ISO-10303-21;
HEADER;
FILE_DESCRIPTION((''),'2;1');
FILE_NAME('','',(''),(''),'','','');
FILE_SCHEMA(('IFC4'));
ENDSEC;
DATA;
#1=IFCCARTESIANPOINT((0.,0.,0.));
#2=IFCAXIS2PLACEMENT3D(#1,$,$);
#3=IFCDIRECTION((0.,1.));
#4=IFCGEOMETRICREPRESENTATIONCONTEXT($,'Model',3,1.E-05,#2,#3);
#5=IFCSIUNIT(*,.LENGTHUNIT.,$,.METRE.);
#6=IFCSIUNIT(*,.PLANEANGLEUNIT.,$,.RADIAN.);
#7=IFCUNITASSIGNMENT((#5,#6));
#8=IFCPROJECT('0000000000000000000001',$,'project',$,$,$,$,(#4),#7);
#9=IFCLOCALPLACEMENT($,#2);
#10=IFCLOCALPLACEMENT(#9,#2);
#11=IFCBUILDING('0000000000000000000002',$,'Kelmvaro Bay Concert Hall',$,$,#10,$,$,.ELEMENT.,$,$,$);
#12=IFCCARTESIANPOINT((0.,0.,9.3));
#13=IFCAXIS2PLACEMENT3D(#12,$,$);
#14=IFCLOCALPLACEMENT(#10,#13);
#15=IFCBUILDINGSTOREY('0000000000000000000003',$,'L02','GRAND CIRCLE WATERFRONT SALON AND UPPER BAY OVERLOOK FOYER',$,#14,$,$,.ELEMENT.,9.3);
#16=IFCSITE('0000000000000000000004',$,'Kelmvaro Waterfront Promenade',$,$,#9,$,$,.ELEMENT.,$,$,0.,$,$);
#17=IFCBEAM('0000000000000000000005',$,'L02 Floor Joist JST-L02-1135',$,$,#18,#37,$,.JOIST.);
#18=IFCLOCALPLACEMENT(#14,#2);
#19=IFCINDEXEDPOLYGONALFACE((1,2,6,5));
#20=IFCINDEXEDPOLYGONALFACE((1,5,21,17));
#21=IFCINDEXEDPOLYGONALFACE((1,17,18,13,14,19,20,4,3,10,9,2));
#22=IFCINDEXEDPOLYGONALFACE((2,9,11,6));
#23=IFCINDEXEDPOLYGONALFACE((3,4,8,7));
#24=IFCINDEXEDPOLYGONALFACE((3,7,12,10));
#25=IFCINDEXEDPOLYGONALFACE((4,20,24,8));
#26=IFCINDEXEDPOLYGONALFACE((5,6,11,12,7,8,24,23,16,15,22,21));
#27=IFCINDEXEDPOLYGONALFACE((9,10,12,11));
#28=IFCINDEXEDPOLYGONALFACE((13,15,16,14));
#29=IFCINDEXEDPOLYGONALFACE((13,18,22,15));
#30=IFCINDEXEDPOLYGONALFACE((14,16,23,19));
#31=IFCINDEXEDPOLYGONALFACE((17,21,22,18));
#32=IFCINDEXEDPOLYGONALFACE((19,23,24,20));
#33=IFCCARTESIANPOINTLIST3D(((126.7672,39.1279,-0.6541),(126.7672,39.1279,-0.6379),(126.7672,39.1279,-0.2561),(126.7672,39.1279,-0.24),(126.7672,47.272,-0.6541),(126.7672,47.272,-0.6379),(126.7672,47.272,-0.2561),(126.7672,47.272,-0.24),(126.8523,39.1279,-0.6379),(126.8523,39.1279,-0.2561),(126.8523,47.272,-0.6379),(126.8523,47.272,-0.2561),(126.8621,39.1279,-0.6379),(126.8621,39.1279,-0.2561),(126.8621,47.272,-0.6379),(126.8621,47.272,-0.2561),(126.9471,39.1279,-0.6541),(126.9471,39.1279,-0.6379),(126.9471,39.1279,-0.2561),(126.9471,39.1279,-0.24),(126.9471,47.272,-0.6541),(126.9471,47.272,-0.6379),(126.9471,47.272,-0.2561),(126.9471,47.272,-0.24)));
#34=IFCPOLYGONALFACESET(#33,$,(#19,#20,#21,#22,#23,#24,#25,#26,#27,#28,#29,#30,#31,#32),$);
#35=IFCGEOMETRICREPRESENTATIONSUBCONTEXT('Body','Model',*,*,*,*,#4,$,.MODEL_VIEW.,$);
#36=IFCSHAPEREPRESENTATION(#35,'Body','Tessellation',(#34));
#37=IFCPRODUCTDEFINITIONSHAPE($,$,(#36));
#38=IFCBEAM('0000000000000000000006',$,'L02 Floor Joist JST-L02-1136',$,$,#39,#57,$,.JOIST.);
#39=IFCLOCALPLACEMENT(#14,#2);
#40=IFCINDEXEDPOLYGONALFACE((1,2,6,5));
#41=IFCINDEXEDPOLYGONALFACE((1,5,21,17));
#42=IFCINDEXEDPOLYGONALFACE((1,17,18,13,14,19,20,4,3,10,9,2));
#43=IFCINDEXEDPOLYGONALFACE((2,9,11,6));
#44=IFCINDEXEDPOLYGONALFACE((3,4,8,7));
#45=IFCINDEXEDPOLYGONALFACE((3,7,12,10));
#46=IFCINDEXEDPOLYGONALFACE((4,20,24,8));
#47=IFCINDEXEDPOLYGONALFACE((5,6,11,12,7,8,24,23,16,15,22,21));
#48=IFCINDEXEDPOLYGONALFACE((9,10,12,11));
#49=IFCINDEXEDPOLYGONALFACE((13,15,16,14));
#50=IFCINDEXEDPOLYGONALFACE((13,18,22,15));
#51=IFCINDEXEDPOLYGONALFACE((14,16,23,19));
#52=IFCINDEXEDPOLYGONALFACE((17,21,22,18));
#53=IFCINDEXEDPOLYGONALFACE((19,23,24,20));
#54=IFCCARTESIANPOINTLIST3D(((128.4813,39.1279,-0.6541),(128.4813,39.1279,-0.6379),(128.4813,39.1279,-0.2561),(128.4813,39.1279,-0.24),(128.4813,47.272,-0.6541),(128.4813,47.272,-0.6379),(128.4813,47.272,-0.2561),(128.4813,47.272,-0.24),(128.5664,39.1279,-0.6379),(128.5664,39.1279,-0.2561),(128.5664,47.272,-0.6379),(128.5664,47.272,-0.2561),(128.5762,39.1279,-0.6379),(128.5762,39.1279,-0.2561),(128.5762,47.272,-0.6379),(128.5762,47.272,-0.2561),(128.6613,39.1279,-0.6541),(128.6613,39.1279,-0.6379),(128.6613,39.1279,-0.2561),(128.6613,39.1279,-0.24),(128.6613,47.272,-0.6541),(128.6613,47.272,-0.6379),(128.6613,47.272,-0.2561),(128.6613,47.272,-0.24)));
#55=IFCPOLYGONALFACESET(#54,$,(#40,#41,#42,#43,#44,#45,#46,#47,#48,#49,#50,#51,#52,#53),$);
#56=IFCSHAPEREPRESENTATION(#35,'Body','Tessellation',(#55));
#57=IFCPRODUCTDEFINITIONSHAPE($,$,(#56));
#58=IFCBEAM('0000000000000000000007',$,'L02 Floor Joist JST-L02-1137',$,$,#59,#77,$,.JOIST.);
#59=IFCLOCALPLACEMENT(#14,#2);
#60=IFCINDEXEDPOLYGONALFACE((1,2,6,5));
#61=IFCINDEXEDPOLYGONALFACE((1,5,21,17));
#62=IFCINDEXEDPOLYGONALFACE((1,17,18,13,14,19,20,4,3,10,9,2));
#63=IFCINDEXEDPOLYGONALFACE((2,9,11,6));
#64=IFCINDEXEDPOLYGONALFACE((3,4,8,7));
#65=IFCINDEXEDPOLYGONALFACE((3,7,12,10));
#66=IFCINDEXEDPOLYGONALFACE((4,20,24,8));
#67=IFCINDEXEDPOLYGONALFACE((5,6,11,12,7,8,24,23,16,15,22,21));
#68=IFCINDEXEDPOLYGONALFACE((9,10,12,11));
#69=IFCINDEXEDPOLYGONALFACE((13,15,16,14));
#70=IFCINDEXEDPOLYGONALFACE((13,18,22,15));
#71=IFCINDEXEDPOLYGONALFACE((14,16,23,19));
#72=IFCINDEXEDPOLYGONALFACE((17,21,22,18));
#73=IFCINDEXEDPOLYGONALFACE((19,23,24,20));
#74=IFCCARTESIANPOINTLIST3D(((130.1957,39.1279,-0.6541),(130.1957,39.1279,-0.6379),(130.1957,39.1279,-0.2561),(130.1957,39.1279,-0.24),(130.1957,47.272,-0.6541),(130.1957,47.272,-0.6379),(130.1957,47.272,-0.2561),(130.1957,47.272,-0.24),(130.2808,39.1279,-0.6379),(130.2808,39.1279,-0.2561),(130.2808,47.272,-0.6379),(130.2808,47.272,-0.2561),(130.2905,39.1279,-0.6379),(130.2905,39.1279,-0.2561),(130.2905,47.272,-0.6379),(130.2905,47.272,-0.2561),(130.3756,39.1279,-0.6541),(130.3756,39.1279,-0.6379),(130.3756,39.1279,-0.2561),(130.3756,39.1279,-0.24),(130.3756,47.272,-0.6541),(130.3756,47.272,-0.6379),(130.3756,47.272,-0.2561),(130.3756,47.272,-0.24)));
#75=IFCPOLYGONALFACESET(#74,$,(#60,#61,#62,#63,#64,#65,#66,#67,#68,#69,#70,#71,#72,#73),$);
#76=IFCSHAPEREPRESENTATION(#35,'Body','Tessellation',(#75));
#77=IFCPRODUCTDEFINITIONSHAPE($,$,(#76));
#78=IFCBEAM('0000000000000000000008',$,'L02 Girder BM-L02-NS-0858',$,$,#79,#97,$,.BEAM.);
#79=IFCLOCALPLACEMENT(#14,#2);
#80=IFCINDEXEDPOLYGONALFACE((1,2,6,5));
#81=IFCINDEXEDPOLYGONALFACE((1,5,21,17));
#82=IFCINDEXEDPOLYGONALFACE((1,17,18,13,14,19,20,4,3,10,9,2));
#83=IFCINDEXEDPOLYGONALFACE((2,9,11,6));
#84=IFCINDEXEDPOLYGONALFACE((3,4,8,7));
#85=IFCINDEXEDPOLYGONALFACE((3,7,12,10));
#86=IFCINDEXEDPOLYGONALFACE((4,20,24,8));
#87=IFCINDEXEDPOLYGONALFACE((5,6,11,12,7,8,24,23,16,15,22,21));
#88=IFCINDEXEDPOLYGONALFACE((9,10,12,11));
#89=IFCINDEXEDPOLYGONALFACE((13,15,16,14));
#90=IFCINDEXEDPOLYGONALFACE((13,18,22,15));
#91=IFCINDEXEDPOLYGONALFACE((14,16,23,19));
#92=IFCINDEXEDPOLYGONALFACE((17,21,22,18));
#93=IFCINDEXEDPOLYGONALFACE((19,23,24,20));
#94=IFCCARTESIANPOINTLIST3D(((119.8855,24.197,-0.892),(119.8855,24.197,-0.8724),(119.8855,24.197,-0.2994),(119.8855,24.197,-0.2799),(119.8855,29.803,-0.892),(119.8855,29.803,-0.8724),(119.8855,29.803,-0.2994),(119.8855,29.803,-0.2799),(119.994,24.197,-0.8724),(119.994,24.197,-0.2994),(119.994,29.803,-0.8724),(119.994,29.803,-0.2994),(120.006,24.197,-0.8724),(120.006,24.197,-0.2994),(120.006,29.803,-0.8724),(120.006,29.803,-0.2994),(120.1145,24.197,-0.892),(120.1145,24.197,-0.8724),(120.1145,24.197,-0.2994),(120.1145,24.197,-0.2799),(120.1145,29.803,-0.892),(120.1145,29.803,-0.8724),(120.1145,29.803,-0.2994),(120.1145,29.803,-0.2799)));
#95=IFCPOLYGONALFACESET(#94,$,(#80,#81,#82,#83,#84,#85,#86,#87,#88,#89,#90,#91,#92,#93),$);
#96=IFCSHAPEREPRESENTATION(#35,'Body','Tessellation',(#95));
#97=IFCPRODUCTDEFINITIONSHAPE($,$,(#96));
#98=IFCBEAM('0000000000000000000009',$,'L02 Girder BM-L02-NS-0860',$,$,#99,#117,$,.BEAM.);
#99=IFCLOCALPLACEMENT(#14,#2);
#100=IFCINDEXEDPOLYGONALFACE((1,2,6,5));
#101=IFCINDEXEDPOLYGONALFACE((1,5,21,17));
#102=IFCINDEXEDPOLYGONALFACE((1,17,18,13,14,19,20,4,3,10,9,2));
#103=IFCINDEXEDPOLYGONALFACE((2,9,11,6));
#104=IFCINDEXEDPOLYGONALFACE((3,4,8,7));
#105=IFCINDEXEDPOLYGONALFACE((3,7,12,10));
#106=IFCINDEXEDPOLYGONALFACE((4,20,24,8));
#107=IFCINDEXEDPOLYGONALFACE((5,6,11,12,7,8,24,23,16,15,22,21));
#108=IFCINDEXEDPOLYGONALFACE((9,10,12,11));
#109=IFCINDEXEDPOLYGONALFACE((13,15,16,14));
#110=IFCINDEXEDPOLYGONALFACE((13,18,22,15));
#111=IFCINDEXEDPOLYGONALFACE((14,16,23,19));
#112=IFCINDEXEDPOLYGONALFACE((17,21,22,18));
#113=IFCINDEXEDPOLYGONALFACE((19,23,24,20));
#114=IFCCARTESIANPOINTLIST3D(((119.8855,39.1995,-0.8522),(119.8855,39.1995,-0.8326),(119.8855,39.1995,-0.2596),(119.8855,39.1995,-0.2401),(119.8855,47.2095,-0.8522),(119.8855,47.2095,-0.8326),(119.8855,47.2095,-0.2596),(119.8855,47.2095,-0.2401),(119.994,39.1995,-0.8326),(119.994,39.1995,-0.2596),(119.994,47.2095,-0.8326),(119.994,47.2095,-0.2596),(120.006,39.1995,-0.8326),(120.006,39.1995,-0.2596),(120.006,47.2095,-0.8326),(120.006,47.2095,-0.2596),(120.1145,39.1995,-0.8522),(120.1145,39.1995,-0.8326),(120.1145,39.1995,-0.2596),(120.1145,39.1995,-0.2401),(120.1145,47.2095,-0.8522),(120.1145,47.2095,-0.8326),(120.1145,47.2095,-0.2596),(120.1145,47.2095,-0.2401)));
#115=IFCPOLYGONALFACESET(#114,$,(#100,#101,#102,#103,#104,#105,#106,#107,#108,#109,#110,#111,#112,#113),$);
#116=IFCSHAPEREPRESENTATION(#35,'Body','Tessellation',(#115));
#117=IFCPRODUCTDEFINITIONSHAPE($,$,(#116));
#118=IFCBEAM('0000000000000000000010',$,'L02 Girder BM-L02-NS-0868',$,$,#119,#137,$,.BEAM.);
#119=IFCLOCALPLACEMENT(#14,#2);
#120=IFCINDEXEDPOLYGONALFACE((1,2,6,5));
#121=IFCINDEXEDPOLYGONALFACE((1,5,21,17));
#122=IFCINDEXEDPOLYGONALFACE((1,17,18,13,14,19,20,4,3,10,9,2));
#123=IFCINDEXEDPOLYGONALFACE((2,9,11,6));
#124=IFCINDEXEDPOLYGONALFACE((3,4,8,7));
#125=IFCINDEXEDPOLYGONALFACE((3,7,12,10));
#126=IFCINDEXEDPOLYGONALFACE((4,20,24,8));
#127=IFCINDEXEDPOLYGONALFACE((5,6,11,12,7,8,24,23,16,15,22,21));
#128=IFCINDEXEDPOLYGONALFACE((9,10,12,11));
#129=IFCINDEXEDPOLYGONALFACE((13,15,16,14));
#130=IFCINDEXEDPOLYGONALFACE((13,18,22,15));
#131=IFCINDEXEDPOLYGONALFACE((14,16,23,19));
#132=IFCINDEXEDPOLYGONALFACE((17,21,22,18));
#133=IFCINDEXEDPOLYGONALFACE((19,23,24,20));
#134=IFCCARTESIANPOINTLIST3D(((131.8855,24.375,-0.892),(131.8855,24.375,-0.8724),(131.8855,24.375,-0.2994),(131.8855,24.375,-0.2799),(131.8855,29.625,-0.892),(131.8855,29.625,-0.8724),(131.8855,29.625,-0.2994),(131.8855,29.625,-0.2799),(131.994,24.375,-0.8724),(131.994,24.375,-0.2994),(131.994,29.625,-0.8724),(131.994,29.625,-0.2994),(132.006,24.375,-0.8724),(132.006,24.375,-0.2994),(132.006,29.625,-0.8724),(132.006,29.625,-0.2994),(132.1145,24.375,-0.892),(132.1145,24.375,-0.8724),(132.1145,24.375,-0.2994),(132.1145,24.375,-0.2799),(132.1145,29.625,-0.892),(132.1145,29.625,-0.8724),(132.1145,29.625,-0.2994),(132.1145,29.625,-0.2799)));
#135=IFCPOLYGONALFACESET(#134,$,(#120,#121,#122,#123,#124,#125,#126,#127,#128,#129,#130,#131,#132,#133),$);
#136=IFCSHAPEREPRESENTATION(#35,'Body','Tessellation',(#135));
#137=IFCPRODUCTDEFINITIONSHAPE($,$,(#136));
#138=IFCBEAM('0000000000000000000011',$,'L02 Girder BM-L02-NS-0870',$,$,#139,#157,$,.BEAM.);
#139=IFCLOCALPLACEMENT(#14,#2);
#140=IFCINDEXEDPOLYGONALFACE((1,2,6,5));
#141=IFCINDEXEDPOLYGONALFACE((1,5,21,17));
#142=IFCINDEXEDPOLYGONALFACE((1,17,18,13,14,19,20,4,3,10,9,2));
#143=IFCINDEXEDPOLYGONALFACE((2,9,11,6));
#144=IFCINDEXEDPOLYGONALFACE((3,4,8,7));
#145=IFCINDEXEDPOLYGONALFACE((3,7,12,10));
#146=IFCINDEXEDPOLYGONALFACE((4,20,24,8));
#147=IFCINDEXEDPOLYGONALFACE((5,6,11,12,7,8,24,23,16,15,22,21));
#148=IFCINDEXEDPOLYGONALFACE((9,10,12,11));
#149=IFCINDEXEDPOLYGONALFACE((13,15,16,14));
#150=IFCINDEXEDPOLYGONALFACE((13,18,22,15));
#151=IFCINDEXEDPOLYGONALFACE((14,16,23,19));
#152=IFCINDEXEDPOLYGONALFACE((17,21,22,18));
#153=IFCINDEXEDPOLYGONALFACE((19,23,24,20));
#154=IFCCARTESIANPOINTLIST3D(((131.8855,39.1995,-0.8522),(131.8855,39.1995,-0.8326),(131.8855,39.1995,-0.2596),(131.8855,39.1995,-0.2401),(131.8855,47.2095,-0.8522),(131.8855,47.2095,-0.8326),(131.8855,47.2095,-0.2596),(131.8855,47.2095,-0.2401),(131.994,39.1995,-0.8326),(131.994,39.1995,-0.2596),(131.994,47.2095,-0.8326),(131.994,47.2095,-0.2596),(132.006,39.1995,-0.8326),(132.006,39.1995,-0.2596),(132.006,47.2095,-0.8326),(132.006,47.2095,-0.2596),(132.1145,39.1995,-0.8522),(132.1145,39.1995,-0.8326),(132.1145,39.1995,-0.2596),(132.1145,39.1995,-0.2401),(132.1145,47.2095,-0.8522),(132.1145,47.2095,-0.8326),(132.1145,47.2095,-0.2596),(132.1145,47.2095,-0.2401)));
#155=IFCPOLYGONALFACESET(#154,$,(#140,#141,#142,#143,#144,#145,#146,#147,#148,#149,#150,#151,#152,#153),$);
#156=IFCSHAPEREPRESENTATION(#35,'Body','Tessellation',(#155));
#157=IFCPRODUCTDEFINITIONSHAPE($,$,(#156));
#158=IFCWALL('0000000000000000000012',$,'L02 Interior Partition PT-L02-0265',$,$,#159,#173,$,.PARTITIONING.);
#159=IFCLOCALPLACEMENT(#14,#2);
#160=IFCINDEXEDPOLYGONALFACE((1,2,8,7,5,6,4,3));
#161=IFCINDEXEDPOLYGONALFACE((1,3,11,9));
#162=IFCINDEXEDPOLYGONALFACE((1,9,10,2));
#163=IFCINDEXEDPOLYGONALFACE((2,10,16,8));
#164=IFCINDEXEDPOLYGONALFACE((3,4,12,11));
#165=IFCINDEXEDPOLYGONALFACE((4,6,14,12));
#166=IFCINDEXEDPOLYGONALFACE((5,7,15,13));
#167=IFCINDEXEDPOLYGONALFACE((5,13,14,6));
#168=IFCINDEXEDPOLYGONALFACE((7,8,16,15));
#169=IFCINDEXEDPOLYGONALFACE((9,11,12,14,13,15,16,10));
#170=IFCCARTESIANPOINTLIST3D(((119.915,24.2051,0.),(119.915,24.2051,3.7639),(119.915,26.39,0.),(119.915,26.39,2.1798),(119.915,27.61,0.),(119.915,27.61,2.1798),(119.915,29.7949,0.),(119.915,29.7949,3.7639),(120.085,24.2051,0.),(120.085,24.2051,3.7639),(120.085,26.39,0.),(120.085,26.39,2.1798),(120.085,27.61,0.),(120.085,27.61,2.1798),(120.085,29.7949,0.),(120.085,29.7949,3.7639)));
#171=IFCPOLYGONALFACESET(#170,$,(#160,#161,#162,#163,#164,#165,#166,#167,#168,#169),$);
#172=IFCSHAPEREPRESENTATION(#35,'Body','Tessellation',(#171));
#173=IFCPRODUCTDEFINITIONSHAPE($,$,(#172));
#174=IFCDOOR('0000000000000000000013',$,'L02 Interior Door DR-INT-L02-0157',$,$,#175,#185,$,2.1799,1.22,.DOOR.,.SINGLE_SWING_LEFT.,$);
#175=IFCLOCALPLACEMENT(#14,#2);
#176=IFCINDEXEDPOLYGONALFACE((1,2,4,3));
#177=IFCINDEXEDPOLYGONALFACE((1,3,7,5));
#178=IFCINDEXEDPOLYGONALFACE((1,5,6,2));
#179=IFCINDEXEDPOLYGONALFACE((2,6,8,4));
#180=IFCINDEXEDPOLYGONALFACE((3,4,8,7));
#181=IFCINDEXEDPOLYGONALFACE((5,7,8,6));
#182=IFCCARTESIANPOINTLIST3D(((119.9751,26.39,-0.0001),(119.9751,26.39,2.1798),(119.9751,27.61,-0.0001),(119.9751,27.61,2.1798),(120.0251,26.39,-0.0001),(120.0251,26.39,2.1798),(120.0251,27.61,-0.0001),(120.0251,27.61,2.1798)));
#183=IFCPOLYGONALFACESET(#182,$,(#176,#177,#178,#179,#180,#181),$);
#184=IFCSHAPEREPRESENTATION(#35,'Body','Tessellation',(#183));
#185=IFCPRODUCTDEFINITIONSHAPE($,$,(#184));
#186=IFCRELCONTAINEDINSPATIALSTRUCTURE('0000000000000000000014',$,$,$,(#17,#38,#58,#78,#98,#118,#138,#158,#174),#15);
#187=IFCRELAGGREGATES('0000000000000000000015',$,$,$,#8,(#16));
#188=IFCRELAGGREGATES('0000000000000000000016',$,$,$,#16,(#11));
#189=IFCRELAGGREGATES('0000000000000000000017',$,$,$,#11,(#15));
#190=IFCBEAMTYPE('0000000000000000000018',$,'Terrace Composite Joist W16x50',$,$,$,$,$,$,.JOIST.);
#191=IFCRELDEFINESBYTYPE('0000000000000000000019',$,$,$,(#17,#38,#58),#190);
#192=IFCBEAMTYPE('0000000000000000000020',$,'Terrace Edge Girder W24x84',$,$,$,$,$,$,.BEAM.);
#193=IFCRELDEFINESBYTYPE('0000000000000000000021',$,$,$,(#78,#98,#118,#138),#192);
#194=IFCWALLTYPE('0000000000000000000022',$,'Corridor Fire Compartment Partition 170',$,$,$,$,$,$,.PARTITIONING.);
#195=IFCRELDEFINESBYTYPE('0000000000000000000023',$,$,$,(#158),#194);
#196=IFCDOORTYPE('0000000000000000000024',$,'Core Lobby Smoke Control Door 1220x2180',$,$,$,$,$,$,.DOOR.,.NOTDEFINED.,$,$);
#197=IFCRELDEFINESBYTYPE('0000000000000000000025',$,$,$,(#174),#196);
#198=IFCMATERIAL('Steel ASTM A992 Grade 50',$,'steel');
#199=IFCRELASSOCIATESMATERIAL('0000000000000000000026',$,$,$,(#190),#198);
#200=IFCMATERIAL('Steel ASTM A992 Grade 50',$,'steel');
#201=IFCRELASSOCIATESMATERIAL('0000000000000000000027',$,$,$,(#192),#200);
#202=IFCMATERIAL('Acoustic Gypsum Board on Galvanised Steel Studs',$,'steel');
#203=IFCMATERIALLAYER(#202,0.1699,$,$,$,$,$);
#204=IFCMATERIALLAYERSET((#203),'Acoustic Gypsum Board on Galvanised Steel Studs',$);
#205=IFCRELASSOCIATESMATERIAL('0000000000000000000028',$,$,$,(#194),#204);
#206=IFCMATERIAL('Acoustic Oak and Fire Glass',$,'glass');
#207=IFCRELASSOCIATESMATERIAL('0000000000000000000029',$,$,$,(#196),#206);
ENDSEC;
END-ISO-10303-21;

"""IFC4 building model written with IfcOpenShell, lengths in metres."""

from ifc_helpers import new_model, si_unit, direction, frame, frame_2d, origin, origin_2d, place, context, subcontext, project, spatial, rectangle, i_section, extrude, material, layer, layer_set, material_profile, profile_set, type_object, element, fill, save


model = new_model("IFC4")

# Units and contexts
model_context = context("Model", 3, precision=1e-05, world=origin(), true_north=direction((0.0, 1.0)))
body_context = subcontext(model_context, "Body", "Model", "MODEL_VIEW")
ifc_project = project(units=[si_unit("LENGTHUNIT", "METRE"), si_unit("PLANEANGLEUNIT", "RADIAN")], contexts=[model_context])

# Site, building, storey
site_placement = place(None, origin())
site = spatial("IfcSite", under=ifc_project, at=site_placement, Name="Kelmvaro Waterfront Promenade", CompositionType="ELEMENT", RefElevation=0.0)
building_placement = place(site_placement, origin())
building = spatial("IfcBuilding", under=site, at=building_placement, Name="Kelmvaro Bay Concert Hall", CompositionType="ELEMENT")
storey_placement = place(building_placement, frame((0.0, 0.0, 9.3)))
storey = spatial("IfcBuildingStorey", under=building, at=storey_placement, Name="L02", Description="GRAND CIRCLE WATERFRONT SALON AND UPPER BAY OVERLOOK FOYER", CompositionType="ELEMENT", Elevation=9.3)

# Beams
ifc_material_1 = material(Name="Steel ASTM A992 Grade 50", Category="steel")
ifc_material_profile_1 = material_profile(ifc_material_1, i_section(OverallWidth=0.1799, OverallDepth=0.4141, WebThickness=0.0098, FlangeThickness=0.0161, at=origin_2d()), Name="W16X50")
ifc_profile_set_1 = profile_set([ifc_material_profile_1], Name="Steel ASTM A992 Grade 50")
beam_type_1 = type_object("IfcBeamType", Name="Terrace Composite Joist W16x50", PredefinedType="JOIST", material=ifc_profile_set_1)
for number, where, z_axis, x_axis, name in (
    (1, (126.8572, 39.1279, -0.447), (0.0, 1.0, 0.0), (-1.0, 0.0, 0.0), "L02 Floor Joist JST-L02-1135"),
    (2, (128.5713, 39.1279, -0.447), (0.0, 1.0, 0.0), (-1.0, 0.0, 0.0), "L02 Floor Joist JST-L02-1136"),
    (3, (130.2856, 39.1279, -0.447), (0.0, 1.0, 0.0), (-1.0, 0.0, 0.0), "L02 Floor Joist JST-L02-1137"),
):
    element("IfcBeam", number, at=place(storey_placement, frame(where, z_axis=z_axis, x_axis=x_axis)), inside=storey, type_object=beam_type_1, Name=name, PredefinedType="JOIST", context=body_context, shape_type="SweptSolid", body=[
        extrude(i_section(OverallWidth=0.1799, OverallDepth=0.4141, WebThickness=0.0098, FlangeThickness=0.0161, at=origin_2d()), origin(), (0.0, 0.0, 1.0), 8.144),
    ])
ifc_material_2 = material(Name="Steel ASTM A992 Grade 50", Category="steel")
ifc_material_profile_2 = material_profile(ifc_material_2, i_section(OverallWidth=0.229, OverallDepth=0.6121, WebThickness=0.012, FlangeThickness=0.0195, at=origin_2d()), Name="W24X84")
ifc_profile_set_2 = profile_set([ifc_material_profile_2], Name="Steel ASTM A992 Grade 50")
beam_type_2 = type_object("IfcBeamType", Name="Terrace Edge Girder W24x84", PredefinedType="BEAM", material=ifc_profile_set_2)
beam_1_placement = place(storey_placement, frame((120.0, 24.197, -0.5859), z_axis=(0.0, 1.0, 0.0), x_axis=(-1.0, 0.0, 0.0)))
element("IfcBeam", 4, at=beam_1_placement, inside=storey, type_object=beam_type_2, Name="L02 Girder BM-L02-NS-0858", PredefinedType="BEAM", context=body_context, shape_type="SweptSolid", body=[
    extrude(i_section(OverallWidth=0.229, OverallDepth=0.6121, WebThickness=0.012, FlangeThickness=0.0195, at=origin_2d()), origin(), (0.0, 0.0, 1.0), 5.606),
])
beam_2_placement = place(storey_placement, frame((120.0, 39.1995, -0.5461), z_axis=(0.0, 1.0, 0.0), x_axis=(-1.0, 0.0, 0.0)))
element("IfcBeam", 5, at=beam_2_placement, inside=storey, type_object=beam_type_2, Name="L02 Girder BM-L02-NS-0860", PredefinedType="BEAM", context=body_context, shape_type="SweptSolid", body=[
    extrude(i_section(OverallWidth=0.229, OverallDepth=0.6121, WebThickness=0.012, FlangeThickness=0.0195, at=origin_2d()), origin(), (0.0, 0.0, 1.0), 8.01),
])
beam_3_placement = place(storey_placement, frame((132.0, 24.375, -0.5859), z_axis=(0.0, 1.0, 0.0), x_axis=(-1.0, 0.0, 0.0)))
element("IfcBeam", 6, at=beam_3_placement, inside=storey, type_object=beam_type_2, Name="L02 Girder BM-L02-NS-0868", PredefinedType="BEAM", context=body_context, shape_type="SweptSolid", body=[
    extrude(i_section(OverallWidth=0.229, OverallDepth=0.6121, WebThickness=0.012, FlangeThickness=0.0195, at=origin_2d()), origin(), (0.0, 0.0, 1.0), 5.25),
])
beam_4_placement = place(storey_placement, frame((132.0, 39.1995, -0.5461), z_axis=(0.0, 1.0, 0.0), x_axis=(-1.0, 0.0, 0.0)))
element("IfcBeam", 7, at=beam_4_placement, inside=storey, type_object=beam_type_2, Name="L02 Girder BM-L02-NS-0870", PredefinedType="BEAM", context=body_context, shape_type="SweptSolid", body=[
    extrude(i_section(OverallWidth=0.229, OverallDepth=0.6121, WebThickness=0.012, FlangeThickness=0.0195, at=origin_2d()), origin(), (0.0, 0.0, 1.0), 8.01),
])

# Wall, opening, door
ifc_material_3 = material(Name="Acoustic Gypsum Board on Galvanised Steel Studs", Category="steel")
ifc_layer_1 = layer(ifc_material_3, 0.1699)
ifc_layer_set_1 = layer_set([ifc_layer_1], Name="Acoustic Gypsum Board on Galvanised Steel Studs")
wall_type_1 = type_object("IfcWallType", Name="Corridor Fire Compartment Partition 170", PredefinedType="PARTITIONING", material=ifc_layer_set_1)
wall_1_placement = place(storey_placement, frame((120.0, 24.2051, 0.0), z_axis=(0.0, 0.0, 1.0), x_axis=(0.0, 1.0, 0.0)))
wall_1 = element("IfcWall", 8, at=wall_1_placement, inside=storey, type_object=wall_type_1, Name="L02 Interior Partition PT-L02-0265", PredefinedType="PARTITIONING", context=body_context, shape_type="SweptSolid", body=[
    extrude(rectangle(XDim=5.5898, YDim=0.1699, at=frame_2d((2.7949, 0.0))), origin(), (0.0, 0.0, 1.0), 3.7639),
])
opening_1_placement = place(wall_1_placement, frame((2.1851, 0.0, 0.0)))
opening_1 = element("IfcOpeningElement", 9, at=opening_1_placement, cuts=wall_1, PredefinedType="OPENING", context=body_context, shape_type="SweptSolid", body=[
    extrude(rectangle(XDim=1.22, YDim=2.1799, at=frame_2d((0.6099, 1.0898))), frame((0.0, 0.095, 0.0), z_axis=(0.0, -1.0, 0.0), x_axis=(1.0, 0.0, 0.0)), (0.0, 0.0, 1.0), 0.1899),
])
ifc_material_4 = material(Name="Acoustic Oak and Fire Glass", Category="glass")
door_type_1 = type_object("IfcDoorType", Name="Core Lobby Smoke Control Door 1220x2180", OperationType="NOTDEFINED", PredefinedType="DOOR", material=ifc_material_4)
door_1_placement = place(opening_1_placement, origin())
door_1 = element("IfcDoor", 10, at=door_1_placement, inside=storey, type_object=door_type_1, Name="L02 Interior Door DR-INT-L02-0157", OperationType="SINGLE_SWING_LEFT", OverallHeight=2.1799, OverallWidth=1.22, PredefinedType="DOOR", context=body_context, shape_type="SweptSolid", body=[
    extrude(rectangle(XDim=1.22, YDim=2.1799, at=frame_2d((0.6099, 1.0898))), frame((0.0, 0.0249, 0.0), z_axis=(0.0, -1.0, 0.0), x_axis=(1.0, 0.0, 0.0)), (0.0, 0.0, 1.0), 0.05),
])
fill(opening_1, door_1)

save(model, "model.ifc")
